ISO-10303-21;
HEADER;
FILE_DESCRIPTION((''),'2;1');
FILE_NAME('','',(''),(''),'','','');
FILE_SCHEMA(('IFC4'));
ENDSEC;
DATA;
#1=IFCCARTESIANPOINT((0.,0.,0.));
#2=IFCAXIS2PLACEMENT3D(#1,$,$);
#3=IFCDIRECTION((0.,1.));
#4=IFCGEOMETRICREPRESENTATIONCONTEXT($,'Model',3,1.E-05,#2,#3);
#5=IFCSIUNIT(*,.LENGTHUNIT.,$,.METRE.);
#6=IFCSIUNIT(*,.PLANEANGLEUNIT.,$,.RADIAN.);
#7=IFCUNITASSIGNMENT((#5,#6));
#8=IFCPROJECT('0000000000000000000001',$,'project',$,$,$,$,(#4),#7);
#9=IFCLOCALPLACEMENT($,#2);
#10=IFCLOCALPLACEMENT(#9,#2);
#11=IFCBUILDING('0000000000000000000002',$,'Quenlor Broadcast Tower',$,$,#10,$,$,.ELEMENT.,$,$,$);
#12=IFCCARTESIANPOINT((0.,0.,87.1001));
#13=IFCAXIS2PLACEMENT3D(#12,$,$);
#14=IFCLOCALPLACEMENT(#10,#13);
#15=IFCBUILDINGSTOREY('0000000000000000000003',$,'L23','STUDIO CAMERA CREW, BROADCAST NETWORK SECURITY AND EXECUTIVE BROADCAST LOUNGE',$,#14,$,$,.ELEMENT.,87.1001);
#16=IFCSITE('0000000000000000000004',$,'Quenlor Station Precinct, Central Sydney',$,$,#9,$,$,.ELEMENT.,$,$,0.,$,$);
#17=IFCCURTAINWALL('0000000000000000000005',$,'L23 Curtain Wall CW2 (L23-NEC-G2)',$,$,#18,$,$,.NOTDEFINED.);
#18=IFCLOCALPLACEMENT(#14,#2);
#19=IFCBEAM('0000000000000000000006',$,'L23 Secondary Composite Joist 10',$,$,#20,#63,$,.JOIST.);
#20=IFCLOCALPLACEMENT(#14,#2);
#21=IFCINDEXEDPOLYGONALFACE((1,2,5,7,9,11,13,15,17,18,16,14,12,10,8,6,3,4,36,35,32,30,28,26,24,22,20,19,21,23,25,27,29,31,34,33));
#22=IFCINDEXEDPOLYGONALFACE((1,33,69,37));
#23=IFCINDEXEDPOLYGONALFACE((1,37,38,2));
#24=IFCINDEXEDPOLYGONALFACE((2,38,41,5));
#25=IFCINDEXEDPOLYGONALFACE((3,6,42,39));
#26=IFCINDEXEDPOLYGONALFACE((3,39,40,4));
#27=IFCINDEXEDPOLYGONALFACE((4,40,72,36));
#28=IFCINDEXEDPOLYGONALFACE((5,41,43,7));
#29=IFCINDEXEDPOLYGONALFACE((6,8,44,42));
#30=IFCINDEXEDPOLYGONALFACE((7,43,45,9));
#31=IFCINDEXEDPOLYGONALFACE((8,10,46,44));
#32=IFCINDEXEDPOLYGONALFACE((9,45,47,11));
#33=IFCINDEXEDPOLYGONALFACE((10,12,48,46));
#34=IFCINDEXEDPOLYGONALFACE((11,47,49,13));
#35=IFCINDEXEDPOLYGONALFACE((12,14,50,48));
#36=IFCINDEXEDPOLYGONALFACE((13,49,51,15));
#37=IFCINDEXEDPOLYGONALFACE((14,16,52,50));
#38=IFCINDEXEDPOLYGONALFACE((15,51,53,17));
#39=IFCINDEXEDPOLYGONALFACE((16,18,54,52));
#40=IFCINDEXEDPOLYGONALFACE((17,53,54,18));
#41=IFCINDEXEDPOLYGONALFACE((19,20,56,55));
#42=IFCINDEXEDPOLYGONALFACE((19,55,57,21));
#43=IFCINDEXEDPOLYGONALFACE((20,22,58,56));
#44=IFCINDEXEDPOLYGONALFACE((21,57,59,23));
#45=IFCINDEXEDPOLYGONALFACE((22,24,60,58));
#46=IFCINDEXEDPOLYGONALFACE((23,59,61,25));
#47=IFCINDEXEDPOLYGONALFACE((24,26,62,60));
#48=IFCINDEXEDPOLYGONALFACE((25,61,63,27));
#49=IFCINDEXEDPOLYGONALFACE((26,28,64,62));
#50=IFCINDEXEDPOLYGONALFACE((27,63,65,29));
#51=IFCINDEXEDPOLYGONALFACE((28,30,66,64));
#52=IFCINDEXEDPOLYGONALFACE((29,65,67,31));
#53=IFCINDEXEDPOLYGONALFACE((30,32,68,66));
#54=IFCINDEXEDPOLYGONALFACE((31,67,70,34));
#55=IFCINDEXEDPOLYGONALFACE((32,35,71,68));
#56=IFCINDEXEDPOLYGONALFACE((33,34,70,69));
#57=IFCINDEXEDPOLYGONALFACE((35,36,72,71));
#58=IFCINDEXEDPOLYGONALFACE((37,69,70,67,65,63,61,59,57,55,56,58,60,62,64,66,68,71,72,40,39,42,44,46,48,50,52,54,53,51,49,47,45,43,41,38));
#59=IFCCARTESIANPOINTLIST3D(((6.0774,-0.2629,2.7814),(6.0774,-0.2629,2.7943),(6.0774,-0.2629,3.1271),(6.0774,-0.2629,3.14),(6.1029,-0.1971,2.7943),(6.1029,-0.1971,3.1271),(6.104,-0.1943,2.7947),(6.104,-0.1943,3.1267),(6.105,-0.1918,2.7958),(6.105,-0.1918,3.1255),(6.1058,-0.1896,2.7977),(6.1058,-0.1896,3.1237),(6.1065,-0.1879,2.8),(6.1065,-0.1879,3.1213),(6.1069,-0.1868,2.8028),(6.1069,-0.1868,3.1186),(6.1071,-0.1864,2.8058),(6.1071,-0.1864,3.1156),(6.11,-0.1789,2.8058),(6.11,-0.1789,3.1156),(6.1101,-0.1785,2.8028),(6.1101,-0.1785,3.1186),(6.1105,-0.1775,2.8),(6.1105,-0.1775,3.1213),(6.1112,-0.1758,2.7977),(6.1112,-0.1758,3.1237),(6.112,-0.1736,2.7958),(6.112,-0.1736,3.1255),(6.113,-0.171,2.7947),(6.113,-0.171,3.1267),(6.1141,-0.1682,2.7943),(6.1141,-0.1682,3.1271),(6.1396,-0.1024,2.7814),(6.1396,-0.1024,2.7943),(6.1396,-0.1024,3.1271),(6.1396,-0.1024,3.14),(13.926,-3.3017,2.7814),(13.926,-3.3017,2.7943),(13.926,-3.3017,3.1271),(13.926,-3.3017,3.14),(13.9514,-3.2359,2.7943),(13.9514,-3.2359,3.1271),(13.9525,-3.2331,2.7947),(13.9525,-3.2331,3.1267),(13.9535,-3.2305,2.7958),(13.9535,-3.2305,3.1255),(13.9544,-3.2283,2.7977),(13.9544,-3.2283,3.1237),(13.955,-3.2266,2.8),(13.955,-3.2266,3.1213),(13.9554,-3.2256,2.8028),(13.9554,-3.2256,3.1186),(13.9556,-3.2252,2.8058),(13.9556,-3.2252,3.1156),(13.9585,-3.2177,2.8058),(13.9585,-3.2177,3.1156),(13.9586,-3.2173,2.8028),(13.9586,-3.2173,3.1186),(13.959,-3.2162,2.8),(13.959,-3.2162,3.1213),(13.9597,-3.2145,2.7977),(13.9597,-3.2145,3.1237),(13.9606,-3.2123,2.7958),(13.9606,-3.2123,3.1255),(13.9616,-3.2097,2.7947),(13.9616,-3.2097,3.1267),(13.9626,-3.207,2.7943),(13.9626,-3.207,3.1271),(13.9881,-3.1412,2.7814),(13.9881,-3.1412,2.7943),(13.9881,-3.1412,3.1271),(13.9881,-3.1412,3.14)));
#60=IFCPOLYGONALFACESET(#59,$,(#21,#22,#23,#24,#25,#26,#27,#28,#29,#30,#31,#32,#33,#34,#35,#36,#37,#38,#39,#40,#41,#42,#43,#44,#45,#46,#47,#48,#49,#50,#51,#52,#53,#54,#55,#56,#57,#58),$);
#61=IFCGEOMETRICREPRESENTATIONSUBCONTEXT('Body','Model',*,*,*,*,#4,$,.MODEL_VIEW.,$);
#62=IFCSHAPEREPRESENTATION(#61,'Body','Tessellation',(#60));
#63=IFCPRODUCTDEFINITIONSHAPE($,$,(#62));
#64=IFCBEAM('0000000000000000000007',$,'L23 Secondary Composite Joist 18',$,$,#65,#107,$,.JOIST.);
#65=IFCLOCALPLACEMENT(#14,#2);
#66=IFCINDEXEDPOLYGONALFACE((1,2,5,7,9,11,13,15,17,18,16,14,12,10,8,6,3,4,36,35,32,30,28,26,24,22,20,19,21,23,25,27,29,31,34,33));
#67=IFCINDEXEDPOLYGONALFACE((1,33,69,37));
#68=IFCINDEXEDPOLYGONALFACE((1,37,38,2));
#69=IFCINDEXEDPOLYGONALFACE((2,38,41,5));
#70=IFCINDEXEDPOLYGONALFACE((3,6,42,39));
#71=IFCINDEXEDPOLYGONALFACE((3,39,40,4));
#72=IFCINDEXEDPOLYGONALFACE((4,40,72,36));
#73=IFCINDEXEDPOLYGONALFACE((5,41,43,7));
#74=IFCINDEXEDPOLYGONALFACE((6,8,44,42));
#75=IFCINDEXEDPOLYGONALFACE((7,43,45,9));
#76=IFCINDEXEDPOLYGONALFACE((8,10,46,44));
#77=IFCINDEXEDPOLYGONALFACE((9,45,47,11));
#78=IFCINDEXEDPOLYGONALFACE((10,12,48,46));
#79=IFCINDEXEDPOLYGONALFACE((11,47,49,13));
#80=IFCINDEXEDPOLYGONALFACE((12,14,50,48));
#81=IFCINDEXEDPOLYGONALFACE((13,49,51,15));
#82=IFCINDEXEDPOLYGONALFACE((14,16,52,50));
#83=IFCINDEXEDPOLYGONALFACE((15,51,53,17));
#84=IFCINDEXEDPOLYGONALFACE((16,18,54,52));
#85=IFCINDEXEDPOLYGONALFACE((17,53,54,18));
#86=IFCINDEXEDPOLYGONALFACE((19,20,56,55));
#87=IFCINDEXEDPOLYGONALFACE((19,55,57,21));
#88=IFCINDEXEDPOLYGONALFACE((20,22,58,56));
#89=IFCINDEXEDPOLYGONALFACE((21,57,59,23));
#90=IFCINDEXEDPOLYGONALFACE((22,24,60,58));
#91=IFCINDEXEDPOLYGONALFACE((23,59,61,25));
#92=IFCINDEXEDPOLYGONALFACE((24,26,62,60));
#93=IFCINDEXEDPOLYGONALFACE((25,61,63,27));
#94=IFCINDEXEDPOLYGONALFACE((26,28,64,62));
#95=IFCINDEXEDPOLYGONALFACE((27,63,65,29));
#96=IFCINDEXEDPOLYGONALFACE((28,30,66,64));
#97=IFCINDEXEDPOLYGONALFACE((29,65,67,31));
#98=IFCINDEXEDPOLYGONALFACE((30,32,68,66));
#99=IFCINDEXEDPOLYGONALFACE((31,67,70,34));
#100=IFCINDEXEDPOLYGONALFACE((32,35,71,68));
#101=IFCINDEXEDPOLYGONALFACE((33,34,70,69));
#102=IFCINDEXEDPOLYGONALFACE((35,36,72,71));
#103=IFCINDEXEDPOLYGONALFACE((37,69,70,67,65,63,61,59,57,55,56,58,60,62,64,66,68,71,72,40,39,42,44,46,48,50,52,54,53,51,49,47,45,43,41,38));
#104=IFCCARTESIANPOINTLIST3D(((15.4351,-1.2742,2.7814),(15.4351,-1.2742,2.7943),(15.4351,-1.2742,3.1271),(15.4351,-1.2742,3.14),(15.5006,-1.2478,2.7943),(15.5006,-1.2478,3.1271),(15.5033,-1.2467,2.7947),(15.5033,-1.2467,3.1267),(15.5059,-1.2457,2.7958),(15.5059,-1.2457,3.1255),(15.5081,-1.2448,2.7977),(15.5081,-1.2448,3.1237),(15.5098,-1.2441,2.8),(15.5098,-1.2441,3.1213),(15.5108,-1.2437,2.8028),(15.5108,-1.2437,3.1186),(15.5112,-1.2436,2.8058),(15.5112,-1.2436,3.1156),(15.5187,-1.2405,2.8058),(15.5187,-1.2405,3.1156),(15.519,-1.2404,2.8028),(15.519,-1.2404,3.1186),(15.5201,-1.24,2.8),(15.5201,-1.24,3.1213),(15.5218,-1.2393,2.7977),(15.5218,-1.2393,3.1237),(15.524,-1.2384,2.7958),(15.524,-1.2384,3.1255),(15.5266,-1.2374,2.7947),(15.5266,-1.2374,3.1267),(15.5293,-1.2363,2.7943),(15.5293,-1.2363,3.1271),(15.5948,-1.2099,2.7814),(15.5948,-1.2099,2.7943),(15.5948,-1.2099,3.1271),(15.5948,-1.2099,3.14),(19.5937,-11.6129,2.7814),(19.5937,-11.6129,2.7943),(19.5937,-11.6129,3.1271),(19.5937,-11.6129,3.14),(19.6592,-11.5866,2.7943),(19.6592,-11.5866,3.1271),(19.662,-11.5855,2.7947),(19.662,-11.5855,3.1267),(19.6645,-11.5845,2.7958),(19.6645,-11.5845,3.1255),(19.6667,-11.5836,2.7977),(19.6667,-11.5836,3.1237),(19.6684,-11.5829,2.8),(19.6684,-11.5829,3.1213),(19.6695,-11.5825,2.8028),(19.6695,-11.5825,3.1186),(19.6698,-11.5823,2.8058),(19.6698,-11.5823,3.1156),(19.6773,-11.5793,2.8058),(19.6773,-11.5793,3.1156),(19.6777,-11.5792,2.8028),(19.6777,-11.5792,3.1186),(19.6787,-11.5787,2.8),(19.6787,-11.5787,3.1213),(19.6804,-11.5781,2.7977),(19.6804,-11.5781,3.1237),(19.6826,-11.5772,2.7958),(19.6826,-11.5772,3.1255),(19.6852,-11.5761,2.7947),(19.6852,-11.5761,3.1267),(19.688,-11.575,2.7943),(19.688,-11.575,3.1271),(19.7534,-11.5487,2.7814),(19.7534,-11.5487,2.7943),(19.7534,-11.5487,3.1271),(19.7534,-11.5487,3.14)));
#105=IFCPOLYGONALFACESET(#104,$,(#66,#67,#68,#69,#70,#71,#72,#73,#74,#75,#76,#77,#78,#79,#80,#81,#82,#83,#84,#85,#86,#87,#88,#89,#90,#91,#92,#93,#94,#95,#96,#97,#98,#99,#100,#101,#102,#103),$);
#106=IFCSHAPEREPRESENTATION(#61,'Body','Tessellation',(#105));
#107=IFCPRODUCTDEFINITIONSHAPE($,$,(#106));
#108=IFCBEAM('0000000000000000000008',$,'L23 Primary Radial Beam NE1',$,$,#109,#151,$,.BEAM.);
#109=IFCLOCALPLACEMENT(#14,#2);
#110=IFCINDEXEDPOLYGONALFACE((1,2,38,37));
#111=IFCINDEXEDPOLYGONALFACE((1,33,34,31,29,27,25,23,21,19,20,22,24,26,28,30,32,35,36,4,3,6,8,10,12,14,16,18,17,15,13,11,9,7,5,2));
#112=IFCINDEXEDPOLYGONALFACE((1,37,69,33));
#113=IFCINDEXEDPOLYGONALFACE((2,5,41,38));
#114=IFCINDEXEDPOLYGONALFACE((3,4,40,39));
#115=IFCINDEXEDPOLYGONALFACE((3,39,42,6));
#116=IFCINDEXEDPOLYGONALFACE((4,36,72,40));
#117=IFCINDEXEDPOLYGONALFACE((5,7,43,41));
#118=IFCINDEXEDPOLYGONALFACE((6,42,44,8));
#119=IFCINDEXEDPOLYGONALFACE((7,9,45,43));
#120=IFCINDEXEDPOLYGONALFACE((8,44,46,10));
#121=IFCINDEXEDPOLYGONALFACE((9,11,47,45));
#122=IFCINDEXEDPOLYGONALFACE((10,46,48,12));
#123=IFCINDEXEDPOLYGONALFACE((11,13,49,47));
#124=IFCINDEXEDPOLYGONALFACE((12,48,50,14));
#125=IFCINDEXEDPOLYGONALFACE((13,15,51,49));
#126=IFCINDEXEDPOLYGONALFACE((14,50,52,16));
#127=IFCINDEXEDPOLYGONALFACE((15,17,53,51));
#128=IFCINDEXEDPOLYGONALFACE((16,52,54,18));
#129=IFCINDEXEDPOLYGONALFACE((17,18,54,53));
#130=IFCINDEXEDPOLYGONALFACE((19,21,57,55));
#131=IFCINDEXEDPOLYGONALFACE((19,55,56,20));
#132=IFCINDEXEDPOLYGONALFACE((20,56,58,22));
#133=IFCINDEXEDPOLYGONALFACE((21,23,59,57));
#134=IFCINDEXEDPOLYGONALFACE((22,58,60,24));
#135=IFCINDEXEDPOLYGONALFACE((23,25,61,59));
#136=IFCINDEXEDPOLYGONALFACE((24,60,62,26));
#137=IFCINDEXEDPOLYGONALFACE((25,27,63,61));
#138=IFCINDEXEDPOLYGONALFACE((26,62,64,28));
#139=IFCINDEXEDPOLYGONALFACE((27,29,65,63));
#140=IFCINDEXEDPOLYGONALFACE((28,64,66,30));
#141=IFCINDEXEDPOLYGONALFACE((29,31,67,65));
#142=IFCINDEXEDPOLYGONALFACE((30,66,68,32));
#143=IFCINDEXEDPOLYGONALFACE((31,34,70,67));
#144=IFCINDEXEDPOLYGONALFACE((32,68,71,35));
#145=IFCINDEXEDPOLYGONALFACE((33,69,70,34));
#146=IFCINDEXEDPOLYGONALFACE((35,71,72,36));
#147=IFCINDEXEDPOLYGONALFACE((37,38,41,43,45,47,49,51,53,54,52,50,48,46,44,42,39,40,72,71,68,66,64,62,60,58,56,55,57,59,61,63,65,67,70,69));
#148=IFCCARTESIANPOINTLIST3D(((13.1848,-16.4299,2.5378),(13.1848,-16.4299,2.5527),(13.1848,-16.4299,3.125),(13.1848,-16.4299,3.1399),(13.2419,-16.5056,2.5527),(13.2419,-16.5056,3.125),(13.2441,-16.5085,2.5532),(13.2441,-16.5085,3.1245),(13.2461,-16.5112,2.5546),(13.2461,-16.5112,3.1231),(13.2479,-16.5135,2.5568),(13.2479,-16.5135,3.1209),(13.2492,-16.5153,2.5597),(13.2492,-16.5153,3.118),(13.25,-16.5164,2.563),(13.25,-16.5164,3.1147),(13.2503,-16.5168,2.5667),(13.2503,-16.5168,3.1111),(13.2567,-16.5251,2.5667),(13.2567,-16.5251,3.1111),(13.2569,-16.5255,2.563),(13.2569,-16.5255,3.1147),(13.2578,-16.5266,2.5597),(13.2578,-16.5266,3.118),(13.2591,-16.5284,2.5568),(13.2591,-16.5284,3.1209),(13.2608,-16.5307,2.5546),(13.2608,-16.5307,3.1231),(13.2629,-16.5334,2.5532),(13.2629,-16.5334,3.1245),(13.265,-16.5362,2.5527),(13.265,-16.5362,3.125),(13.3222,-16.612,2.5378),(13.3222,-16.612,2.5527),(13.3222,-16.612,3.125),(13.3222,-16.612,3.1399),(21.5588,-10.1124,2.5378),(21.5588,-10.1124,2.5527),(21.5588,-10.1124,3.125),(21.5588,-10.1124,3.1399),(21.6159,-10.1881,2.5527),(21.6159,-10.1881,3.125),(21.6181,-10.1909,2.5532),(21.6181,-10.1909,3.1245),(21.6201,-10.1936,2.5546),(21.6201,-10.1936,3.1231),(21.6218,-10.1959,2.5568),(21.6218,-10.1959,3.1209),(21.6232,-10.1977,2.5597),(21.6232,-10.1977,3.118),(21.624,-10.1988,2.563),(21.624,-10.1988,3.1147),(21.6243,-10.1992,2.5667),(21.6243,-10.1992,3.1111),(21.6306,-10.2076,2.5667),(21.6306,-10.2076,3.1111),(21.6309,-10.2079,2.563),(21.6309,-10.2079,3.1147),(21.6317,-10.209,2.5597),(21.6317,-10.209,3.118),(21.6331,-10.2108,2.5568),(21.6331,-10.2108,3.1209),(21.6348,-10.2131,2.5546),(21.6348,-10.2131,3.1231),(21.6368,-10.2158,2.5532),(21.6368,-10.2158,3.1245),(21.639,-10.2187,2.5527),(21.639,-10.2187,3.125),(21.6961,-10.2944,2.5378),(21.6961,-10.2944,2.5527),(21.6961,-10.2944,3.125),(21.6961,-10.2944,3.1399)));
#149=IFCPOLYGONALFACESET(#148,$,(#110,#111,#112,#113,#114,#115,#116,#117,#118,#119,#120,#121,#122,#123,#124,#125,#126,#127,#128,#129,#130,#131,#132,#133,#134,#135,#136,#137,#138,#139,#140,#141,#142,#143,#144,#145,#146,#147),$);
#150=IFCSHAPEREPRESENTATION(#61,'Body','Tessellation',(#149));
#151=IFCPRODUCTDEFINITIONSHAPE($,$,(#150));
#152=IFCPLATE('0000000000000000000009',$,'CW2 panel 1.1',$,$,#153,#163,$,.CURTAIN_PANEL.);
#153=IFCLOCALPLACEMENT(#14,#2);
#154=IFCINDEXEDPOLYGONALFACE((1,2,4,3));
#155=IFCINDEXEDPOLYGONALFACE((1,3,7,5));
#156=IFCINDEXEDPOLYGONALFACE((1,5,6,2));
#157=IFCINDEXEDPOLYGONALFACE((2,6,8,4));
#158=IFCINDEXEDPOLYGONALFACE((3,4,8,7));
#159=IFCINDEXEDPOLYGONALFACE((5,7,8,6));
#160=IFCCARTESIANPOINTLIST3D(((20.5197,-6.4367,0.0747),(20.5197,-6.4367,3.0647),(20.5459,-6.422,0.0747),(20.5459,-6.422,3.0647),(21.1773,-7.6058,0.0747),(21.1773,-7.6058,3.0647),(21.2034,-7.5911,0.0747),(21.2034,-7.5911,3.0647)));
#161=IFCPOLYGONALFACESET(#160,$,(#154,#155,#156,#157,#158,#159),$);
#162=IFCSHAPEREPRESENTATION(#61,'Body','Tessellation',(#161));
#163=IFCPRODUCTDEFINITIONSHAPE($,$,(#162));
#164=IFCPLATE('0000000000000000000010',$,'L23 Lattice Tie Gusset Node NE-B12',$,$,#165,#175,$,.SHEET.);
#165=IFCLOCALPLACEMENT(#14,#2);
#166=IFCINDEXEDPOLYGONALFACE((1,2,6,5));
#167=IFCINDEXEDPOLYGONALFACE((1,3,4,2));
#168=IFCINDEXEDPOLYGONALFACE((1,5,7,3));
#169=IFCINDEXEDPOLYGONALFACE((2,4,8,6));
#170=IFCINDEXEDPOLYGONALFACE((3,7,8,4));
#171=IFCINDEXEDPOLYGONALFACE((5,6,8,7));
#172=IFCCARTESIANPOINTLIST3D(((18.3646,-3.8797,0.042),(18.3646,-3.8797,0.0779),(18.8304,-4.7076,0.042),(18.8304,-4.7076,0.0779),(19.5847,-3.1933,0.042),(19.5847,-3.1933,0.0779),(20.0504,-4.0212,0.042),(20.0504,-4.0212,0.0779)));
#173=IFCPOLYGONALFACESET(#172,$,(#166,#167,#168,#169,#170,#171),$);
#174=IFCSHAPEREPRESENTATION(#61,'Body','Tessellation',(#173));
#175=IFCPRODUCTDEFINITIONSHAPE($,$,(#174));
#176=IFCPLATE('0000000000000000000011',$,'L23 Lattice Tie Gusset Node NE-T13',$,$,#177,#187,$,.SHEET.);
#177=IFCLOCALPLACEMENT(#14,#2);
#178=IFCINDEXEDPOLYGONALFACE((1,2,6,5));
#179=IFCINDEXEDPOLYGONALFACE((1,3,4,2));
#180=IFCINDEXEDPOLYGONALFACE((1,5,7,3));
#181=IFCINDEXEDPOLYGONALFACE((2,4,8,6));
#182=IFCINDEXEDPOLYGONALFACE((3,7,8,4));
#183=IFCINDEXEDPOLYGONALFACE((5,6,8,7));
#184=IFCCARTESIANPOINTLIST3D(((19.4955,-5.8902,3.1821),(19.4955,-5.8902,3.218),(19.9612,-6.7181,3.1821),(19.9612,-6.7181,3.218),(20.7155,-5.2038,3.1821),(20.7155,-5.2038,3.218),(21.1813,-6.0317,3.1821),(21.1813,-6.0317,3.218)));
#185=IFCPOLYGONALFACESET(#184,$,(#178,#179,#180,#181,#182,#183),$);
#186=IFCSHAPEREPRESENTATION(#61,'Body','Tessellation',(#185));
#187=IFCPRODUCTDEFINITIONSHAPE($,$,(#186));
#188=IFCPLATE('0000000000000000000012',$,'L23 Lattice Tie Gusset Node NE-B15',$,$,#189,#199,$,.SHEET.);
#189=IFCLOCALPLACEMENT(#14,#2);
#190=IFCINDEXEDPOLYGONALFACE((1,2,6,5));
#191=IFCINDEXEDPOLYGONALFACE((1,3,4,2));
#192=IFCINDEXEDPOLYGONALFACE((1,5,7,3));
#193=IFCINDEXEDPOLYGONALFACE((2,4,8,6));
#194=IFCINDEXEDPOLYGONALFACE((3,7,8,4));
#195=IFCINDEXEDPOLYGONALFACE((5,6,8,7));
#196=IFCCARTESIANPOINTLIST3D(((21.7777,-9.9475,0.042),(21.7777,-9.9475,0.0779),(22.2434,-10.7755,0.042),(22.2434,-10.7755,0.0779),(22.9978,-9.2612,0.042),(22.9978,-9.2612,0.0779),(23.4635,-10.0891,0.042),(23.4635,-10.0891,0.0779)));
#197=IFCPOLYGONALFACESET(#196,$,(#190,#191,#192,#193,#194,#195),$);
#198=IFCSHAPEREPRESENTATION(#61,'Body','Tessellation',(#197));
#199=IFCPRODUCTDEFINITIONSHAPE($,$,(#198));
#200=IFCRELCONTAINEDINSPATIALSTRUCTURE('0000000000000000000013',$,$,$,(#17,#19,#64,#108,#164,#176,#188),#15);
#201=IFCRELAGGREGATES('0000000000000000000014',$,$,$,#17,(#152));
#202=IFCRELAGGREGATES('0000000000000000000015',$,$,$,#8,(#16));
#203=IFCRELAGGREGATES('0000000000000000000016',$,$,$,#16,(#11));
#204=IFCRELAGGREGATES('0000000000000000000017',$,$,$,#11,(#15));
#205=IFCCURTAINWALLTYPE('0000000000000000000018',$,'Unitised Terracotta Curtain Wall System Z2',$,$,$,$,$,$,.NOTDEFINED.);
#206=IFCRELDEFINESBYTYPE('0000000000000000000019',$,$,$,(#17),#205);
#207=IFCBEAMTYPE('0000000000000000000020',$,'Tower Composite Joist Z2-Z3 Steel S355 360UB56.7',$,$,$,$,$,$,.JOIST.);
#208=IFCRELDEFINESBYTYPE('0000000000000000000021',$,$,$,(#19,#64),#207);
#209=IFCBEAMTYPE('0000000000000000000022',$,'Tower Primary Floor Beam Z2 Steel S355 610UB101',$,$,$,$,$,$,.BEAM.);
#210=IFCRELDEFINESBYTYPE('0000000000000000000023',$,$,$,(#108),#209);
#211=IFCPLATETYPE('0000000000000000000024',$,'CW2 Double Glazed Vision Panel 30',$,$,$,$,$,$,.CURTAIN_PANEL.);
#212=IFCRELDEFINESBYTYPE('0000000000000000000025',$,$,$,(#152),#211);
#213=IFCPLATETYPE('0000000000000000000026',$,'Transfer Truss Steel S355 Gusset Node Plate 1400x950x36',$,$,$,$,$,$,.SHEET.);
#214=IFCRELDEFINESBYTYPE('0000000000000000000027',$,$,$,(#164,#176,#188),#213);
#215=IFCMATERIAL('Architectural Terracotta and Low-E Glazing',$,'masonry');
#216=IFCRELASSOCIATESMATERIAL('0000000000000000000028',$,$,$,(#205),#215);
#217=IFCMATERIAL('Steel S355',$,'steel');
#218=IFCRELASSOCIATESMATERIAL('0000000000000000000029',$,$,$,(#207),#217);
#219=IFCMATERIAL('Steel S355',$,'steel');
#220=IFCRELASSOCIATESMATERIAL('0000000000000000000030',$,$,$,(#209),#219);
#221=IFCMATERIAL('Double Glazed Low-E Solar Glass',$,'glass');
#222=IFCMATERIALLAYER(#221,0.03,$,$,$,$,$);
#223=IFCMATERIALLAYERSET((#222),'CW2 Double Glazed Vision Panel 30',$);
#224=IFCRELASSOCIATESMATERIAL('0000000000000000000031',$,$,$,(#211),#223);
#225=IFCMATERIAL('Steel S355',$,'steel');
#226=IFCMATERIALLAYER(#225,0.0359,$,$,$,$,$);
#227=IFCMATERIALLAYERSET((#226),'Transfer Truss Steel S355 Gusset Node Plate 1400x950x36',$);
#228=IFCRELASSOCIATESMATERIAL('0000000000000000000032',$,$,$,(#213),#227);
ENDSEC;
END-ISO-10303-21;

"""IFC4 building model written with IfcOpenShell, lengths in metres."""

from ifc_helpers import new_model, si_unit, direction, frame, origin, origin_2d, place, context, subcontext, project, spatial, rectangle, i_section, extrude, material, layer, layer_set, material_profile, profile_set, type_object, element, aggregate, save


model = new_model("IFC4")

# Units and contexts
model_context = context("Model", 3, precision=1e-05, world=origin(), true_north=direction((0.0, 1.0)))
body_context = subcontext(model_context, "Body", "Model", "MODEL_VIEW")
ifc_project = project(units=[si_unit("LENGTHUNIT", "METRE"), si_unit("PLANEANGLEUNIT", "RADIAN")], contexts=[model_context])

# Site, building, storey
site_placement = place(None, origin())
site = spatial("IfcSite", under=ifc_project, at=site_placement, Name="Quenlor Station Precinct, Central Sydney", CompositionType="ELEMENT", RefElevation=0.0)
building_placement = place(site_placement, origin())
building = spatial("IfcBuilding", under=site, at=building_placement, Name="Quenlor Broadcast Tower", CompositionType="ELEMENT")
storey_placement = place(building_placement, frame((0.0, 0.0, 87.1001)))
storey = spatial("IfcBuildingStorey", under=building, at=storey_placement, Name="L23", Description="STUDIO CAMERA CREW, BROADCAST NETWORK SECURITY AND EXECUTIVE BROADCAST LOUNGE", CompositionType="ELEMENT", Elevation=87.1001)

# Curtain wall
ifc_material_1 = material(Name="Architectural Terracotta and Low-E Glazing", Category="masonry")
curtain_wall_type = type_object("IfcCurtainWallType", Name="Unitised Terracotta Curtain Wall System Z2", PredefinedType="NOTDEFINED", material=ifc_material_1)
curtain_wall_placement = place(storey_placement, origin())
curtain_wall = element("IfcCurtainWall", 1, at=curtain_wall_placement, inside=storey, type_object=curtain_wall_type, Name="L23 Curtain Wall CW2 (L23-NEC-G2)", PredefinedType="NOTDEFINED")

# Beams
ifc_material_2 = material(Name="Steel S355", Category="steel")
ifc_material_profile_1 = material_profile(ifc_material_2, i_section(OverallWidth=0.1721, OverallDepth=0.3586, WebThickness=0.0081, FlangeThickness=0.0129, FilletRadius=0.0115, at=origin_2d()))
ifc_profile_set_1 = profile_set([ifc_material_profile_1], Name="Steel S355 360UB56.7")
beam_type_1 = type_object("IfcBeamType", Name="Tower Composite Joist Z2-Z3 Steel S355 360UB56.7", PredefinedType="JOIST", material=ifc_profile_set_1)
beam_1_placement = place(storey_placement, frame((13.957, -3.2214, 2.9607), z_axis=(-0.932543, 0.36106, 0.0), x_axis=(-0.36106, -0.932543, 0.0)))
element("IfcBeam", 2, at=beam_1_placement, inside=storey, type_object=beam_type_1, Name="L23 Secondary Composite Joist 10", PredefinedType="JOIST", context=body_context, shape_type="SweptSolid", body=[
    extrude(i_section(OverallWidth=0.1721, OverallDepth=0.3586, WebThickness=0.0081, FlangeThickness=0.0129, FilletRadius=0.0115, at=origin_2d()), origin(), (0.0, 0.0, 1.0), 8.4163),
])
beam_2_placement = place(storey_placement, frame((19.6736, -11.5808, 2.9607), z_axis=(-0.37318, 0.927759, 0.0), x_axis=(-0.927759, -0.37318, 0.0)))
element("IfcBeam", 3, at=beam_2_placement, inside=storey, type_object=beam_type_1, Name="L23 Secondary Composite Joist 18", PredefinedType="JOIST", context=body_context, shape_type="SweptSolid", body=[
    extrude(i_section(OverallWidth=0.1721, OverallDepth=0.3586, WebThickness=0.0081, FlangeThickness=0.0129, FilletRadius=0.0115, at=origin_2d()), origin(), (0.0, 0.0, 1.0), 11.1438),
])
ifc_material_3 = material(Name="Steel S355", Category="steel")
ifc_material_profile_2 = material_profile(ifc_material_3, i_section(OverallWidth=0.228, OverallDepth=0.6021, WebThickness=0.0105, FlangeThickness=0.0149, FilletRadius=0.0139, at=origin_2d()))
ifc_profile_set_2 = profile_set([ifc_material_profile_2], Name="Steel S355 610UB101")
beam_type_2 = type_object("IfcBeamType", Name="Tower Primary Floor Beam Z2 Steel S355 610UB101", PredefinedType="BEAM", material=ifc_profile_set_2)
beam_3_placement = place(storey_placement, frame((21.6274, -10.2034, 2.8389), z_axis=(-0.798299, -0.602262, 0.0), x_axis=(0.602262, -0.798299, 0.0)))
element("IfcBeam", 4, at=beam_3_placement, inside=storey, type_object=beam_type_2, Name="L23 Primary Radial Beam NE1", PredefinedType="BEAM", context=body_context, shape_type="SweptSolid", body=[
    extrude(i_section(OverallWidth=0.228, OverallDepth=0.6021, WebThickness=0.0105, FlangeThickness=0.0149, FilletRadius=0.0139, at=origin_2d()), origin(), (0.0, 0.0, 1.0), 10.4897),
])

# Plate
ifc_material_4 = material(Name="Double Glazed Low-E Solar Glass", Category="glass")
ifc_layer_1 = layer(ifc_material_4, 0.03)
ifc_layer_set_1 = layer_set([ifc_layer_1], Name="CW2 Double Glazed Vision Panel 30")
plate_type_1 = type_object("IfcPlateType", Name="CW2 Double Glazed Vision Panel 30", PredefinedType="CURTAIN_PANEL", material=ifc_layer_set_1)
plate_placement = place(storey_placement, frame((20.8616, -7.0139, 0.0747), z_axis=(0.0, 0.0, 1.0), x_axis=(0.490242, -0.871586, 0.0)))
plate = element("IfcPlate", 5, at=plate_placement, type_object=plate_type_1, Name="CW2 panel 1.1", PredefinedType="CURTAIN_PANEL", context=body_context, shape_type="SweptSolid", body=[
    extrude(rectangle(XDim=1.3413, YDim=0.03, at=origin_2d()), origin(), (0.0, 0.0, 1.0), 2.99),
])
aggregate(curtain_wall, [plate])

# Plates
ifc_material_5 = material(Name="Steel S355", Category="steel")
ifc_layer_2 = layer(ifc_material_5, 0.0359)
ifc_layer_set_2 = layer_set([ifc_layer_2], Name="Transfer Truss Steel S355 Gusset Node Plate 1400x950x36")
plate_type_2 = type_object("IfcPlateType", Name="Transfer Truss Steel S355 Gusset Node Plate 1400x950x36", PredefinedType="SHEET", material=ifc_layer_set_2)
for number, where, z_axis, x_axis, name in (
    (6, (19.2075, -3.9504, 0.042), (0.0, 0.0, 1.0), (0.871556, 0.490295, 0.0), "L23 Lattice Tie Gusset Node NE-B12"),
    (7, (20.3384, -5.9609, 3.1821), (0.0, 0.0, 1.0), (0.871556, 0.490295, 0.0), "L23 Lattice Tie Gusset Node NE-T13"),
    (8, (22.6206, -10.0183, 0.042), (0.0, 0.0, 1.0), (0.871556, 0.490295, 0.0), "L23 Lattice Tie Gusset Node NE-B15"),
):
    element("IfcPlate", number, at=place(storey_placement, frame(where, z_axis=z_axis, x_axis=x_axis)), inside=storey, type_object=plate_type_2, Name=name, PredefinedType="SHEET", context=body_context, shape_type="SweptSolid", body=[
        extrude(rectangle(XDim=1.3999, YDim=0.95, at=origin_2d()), origin(), (0.0, 0.0, 1.0), 0.0359),
    ])

save(model, "model.ifc")
